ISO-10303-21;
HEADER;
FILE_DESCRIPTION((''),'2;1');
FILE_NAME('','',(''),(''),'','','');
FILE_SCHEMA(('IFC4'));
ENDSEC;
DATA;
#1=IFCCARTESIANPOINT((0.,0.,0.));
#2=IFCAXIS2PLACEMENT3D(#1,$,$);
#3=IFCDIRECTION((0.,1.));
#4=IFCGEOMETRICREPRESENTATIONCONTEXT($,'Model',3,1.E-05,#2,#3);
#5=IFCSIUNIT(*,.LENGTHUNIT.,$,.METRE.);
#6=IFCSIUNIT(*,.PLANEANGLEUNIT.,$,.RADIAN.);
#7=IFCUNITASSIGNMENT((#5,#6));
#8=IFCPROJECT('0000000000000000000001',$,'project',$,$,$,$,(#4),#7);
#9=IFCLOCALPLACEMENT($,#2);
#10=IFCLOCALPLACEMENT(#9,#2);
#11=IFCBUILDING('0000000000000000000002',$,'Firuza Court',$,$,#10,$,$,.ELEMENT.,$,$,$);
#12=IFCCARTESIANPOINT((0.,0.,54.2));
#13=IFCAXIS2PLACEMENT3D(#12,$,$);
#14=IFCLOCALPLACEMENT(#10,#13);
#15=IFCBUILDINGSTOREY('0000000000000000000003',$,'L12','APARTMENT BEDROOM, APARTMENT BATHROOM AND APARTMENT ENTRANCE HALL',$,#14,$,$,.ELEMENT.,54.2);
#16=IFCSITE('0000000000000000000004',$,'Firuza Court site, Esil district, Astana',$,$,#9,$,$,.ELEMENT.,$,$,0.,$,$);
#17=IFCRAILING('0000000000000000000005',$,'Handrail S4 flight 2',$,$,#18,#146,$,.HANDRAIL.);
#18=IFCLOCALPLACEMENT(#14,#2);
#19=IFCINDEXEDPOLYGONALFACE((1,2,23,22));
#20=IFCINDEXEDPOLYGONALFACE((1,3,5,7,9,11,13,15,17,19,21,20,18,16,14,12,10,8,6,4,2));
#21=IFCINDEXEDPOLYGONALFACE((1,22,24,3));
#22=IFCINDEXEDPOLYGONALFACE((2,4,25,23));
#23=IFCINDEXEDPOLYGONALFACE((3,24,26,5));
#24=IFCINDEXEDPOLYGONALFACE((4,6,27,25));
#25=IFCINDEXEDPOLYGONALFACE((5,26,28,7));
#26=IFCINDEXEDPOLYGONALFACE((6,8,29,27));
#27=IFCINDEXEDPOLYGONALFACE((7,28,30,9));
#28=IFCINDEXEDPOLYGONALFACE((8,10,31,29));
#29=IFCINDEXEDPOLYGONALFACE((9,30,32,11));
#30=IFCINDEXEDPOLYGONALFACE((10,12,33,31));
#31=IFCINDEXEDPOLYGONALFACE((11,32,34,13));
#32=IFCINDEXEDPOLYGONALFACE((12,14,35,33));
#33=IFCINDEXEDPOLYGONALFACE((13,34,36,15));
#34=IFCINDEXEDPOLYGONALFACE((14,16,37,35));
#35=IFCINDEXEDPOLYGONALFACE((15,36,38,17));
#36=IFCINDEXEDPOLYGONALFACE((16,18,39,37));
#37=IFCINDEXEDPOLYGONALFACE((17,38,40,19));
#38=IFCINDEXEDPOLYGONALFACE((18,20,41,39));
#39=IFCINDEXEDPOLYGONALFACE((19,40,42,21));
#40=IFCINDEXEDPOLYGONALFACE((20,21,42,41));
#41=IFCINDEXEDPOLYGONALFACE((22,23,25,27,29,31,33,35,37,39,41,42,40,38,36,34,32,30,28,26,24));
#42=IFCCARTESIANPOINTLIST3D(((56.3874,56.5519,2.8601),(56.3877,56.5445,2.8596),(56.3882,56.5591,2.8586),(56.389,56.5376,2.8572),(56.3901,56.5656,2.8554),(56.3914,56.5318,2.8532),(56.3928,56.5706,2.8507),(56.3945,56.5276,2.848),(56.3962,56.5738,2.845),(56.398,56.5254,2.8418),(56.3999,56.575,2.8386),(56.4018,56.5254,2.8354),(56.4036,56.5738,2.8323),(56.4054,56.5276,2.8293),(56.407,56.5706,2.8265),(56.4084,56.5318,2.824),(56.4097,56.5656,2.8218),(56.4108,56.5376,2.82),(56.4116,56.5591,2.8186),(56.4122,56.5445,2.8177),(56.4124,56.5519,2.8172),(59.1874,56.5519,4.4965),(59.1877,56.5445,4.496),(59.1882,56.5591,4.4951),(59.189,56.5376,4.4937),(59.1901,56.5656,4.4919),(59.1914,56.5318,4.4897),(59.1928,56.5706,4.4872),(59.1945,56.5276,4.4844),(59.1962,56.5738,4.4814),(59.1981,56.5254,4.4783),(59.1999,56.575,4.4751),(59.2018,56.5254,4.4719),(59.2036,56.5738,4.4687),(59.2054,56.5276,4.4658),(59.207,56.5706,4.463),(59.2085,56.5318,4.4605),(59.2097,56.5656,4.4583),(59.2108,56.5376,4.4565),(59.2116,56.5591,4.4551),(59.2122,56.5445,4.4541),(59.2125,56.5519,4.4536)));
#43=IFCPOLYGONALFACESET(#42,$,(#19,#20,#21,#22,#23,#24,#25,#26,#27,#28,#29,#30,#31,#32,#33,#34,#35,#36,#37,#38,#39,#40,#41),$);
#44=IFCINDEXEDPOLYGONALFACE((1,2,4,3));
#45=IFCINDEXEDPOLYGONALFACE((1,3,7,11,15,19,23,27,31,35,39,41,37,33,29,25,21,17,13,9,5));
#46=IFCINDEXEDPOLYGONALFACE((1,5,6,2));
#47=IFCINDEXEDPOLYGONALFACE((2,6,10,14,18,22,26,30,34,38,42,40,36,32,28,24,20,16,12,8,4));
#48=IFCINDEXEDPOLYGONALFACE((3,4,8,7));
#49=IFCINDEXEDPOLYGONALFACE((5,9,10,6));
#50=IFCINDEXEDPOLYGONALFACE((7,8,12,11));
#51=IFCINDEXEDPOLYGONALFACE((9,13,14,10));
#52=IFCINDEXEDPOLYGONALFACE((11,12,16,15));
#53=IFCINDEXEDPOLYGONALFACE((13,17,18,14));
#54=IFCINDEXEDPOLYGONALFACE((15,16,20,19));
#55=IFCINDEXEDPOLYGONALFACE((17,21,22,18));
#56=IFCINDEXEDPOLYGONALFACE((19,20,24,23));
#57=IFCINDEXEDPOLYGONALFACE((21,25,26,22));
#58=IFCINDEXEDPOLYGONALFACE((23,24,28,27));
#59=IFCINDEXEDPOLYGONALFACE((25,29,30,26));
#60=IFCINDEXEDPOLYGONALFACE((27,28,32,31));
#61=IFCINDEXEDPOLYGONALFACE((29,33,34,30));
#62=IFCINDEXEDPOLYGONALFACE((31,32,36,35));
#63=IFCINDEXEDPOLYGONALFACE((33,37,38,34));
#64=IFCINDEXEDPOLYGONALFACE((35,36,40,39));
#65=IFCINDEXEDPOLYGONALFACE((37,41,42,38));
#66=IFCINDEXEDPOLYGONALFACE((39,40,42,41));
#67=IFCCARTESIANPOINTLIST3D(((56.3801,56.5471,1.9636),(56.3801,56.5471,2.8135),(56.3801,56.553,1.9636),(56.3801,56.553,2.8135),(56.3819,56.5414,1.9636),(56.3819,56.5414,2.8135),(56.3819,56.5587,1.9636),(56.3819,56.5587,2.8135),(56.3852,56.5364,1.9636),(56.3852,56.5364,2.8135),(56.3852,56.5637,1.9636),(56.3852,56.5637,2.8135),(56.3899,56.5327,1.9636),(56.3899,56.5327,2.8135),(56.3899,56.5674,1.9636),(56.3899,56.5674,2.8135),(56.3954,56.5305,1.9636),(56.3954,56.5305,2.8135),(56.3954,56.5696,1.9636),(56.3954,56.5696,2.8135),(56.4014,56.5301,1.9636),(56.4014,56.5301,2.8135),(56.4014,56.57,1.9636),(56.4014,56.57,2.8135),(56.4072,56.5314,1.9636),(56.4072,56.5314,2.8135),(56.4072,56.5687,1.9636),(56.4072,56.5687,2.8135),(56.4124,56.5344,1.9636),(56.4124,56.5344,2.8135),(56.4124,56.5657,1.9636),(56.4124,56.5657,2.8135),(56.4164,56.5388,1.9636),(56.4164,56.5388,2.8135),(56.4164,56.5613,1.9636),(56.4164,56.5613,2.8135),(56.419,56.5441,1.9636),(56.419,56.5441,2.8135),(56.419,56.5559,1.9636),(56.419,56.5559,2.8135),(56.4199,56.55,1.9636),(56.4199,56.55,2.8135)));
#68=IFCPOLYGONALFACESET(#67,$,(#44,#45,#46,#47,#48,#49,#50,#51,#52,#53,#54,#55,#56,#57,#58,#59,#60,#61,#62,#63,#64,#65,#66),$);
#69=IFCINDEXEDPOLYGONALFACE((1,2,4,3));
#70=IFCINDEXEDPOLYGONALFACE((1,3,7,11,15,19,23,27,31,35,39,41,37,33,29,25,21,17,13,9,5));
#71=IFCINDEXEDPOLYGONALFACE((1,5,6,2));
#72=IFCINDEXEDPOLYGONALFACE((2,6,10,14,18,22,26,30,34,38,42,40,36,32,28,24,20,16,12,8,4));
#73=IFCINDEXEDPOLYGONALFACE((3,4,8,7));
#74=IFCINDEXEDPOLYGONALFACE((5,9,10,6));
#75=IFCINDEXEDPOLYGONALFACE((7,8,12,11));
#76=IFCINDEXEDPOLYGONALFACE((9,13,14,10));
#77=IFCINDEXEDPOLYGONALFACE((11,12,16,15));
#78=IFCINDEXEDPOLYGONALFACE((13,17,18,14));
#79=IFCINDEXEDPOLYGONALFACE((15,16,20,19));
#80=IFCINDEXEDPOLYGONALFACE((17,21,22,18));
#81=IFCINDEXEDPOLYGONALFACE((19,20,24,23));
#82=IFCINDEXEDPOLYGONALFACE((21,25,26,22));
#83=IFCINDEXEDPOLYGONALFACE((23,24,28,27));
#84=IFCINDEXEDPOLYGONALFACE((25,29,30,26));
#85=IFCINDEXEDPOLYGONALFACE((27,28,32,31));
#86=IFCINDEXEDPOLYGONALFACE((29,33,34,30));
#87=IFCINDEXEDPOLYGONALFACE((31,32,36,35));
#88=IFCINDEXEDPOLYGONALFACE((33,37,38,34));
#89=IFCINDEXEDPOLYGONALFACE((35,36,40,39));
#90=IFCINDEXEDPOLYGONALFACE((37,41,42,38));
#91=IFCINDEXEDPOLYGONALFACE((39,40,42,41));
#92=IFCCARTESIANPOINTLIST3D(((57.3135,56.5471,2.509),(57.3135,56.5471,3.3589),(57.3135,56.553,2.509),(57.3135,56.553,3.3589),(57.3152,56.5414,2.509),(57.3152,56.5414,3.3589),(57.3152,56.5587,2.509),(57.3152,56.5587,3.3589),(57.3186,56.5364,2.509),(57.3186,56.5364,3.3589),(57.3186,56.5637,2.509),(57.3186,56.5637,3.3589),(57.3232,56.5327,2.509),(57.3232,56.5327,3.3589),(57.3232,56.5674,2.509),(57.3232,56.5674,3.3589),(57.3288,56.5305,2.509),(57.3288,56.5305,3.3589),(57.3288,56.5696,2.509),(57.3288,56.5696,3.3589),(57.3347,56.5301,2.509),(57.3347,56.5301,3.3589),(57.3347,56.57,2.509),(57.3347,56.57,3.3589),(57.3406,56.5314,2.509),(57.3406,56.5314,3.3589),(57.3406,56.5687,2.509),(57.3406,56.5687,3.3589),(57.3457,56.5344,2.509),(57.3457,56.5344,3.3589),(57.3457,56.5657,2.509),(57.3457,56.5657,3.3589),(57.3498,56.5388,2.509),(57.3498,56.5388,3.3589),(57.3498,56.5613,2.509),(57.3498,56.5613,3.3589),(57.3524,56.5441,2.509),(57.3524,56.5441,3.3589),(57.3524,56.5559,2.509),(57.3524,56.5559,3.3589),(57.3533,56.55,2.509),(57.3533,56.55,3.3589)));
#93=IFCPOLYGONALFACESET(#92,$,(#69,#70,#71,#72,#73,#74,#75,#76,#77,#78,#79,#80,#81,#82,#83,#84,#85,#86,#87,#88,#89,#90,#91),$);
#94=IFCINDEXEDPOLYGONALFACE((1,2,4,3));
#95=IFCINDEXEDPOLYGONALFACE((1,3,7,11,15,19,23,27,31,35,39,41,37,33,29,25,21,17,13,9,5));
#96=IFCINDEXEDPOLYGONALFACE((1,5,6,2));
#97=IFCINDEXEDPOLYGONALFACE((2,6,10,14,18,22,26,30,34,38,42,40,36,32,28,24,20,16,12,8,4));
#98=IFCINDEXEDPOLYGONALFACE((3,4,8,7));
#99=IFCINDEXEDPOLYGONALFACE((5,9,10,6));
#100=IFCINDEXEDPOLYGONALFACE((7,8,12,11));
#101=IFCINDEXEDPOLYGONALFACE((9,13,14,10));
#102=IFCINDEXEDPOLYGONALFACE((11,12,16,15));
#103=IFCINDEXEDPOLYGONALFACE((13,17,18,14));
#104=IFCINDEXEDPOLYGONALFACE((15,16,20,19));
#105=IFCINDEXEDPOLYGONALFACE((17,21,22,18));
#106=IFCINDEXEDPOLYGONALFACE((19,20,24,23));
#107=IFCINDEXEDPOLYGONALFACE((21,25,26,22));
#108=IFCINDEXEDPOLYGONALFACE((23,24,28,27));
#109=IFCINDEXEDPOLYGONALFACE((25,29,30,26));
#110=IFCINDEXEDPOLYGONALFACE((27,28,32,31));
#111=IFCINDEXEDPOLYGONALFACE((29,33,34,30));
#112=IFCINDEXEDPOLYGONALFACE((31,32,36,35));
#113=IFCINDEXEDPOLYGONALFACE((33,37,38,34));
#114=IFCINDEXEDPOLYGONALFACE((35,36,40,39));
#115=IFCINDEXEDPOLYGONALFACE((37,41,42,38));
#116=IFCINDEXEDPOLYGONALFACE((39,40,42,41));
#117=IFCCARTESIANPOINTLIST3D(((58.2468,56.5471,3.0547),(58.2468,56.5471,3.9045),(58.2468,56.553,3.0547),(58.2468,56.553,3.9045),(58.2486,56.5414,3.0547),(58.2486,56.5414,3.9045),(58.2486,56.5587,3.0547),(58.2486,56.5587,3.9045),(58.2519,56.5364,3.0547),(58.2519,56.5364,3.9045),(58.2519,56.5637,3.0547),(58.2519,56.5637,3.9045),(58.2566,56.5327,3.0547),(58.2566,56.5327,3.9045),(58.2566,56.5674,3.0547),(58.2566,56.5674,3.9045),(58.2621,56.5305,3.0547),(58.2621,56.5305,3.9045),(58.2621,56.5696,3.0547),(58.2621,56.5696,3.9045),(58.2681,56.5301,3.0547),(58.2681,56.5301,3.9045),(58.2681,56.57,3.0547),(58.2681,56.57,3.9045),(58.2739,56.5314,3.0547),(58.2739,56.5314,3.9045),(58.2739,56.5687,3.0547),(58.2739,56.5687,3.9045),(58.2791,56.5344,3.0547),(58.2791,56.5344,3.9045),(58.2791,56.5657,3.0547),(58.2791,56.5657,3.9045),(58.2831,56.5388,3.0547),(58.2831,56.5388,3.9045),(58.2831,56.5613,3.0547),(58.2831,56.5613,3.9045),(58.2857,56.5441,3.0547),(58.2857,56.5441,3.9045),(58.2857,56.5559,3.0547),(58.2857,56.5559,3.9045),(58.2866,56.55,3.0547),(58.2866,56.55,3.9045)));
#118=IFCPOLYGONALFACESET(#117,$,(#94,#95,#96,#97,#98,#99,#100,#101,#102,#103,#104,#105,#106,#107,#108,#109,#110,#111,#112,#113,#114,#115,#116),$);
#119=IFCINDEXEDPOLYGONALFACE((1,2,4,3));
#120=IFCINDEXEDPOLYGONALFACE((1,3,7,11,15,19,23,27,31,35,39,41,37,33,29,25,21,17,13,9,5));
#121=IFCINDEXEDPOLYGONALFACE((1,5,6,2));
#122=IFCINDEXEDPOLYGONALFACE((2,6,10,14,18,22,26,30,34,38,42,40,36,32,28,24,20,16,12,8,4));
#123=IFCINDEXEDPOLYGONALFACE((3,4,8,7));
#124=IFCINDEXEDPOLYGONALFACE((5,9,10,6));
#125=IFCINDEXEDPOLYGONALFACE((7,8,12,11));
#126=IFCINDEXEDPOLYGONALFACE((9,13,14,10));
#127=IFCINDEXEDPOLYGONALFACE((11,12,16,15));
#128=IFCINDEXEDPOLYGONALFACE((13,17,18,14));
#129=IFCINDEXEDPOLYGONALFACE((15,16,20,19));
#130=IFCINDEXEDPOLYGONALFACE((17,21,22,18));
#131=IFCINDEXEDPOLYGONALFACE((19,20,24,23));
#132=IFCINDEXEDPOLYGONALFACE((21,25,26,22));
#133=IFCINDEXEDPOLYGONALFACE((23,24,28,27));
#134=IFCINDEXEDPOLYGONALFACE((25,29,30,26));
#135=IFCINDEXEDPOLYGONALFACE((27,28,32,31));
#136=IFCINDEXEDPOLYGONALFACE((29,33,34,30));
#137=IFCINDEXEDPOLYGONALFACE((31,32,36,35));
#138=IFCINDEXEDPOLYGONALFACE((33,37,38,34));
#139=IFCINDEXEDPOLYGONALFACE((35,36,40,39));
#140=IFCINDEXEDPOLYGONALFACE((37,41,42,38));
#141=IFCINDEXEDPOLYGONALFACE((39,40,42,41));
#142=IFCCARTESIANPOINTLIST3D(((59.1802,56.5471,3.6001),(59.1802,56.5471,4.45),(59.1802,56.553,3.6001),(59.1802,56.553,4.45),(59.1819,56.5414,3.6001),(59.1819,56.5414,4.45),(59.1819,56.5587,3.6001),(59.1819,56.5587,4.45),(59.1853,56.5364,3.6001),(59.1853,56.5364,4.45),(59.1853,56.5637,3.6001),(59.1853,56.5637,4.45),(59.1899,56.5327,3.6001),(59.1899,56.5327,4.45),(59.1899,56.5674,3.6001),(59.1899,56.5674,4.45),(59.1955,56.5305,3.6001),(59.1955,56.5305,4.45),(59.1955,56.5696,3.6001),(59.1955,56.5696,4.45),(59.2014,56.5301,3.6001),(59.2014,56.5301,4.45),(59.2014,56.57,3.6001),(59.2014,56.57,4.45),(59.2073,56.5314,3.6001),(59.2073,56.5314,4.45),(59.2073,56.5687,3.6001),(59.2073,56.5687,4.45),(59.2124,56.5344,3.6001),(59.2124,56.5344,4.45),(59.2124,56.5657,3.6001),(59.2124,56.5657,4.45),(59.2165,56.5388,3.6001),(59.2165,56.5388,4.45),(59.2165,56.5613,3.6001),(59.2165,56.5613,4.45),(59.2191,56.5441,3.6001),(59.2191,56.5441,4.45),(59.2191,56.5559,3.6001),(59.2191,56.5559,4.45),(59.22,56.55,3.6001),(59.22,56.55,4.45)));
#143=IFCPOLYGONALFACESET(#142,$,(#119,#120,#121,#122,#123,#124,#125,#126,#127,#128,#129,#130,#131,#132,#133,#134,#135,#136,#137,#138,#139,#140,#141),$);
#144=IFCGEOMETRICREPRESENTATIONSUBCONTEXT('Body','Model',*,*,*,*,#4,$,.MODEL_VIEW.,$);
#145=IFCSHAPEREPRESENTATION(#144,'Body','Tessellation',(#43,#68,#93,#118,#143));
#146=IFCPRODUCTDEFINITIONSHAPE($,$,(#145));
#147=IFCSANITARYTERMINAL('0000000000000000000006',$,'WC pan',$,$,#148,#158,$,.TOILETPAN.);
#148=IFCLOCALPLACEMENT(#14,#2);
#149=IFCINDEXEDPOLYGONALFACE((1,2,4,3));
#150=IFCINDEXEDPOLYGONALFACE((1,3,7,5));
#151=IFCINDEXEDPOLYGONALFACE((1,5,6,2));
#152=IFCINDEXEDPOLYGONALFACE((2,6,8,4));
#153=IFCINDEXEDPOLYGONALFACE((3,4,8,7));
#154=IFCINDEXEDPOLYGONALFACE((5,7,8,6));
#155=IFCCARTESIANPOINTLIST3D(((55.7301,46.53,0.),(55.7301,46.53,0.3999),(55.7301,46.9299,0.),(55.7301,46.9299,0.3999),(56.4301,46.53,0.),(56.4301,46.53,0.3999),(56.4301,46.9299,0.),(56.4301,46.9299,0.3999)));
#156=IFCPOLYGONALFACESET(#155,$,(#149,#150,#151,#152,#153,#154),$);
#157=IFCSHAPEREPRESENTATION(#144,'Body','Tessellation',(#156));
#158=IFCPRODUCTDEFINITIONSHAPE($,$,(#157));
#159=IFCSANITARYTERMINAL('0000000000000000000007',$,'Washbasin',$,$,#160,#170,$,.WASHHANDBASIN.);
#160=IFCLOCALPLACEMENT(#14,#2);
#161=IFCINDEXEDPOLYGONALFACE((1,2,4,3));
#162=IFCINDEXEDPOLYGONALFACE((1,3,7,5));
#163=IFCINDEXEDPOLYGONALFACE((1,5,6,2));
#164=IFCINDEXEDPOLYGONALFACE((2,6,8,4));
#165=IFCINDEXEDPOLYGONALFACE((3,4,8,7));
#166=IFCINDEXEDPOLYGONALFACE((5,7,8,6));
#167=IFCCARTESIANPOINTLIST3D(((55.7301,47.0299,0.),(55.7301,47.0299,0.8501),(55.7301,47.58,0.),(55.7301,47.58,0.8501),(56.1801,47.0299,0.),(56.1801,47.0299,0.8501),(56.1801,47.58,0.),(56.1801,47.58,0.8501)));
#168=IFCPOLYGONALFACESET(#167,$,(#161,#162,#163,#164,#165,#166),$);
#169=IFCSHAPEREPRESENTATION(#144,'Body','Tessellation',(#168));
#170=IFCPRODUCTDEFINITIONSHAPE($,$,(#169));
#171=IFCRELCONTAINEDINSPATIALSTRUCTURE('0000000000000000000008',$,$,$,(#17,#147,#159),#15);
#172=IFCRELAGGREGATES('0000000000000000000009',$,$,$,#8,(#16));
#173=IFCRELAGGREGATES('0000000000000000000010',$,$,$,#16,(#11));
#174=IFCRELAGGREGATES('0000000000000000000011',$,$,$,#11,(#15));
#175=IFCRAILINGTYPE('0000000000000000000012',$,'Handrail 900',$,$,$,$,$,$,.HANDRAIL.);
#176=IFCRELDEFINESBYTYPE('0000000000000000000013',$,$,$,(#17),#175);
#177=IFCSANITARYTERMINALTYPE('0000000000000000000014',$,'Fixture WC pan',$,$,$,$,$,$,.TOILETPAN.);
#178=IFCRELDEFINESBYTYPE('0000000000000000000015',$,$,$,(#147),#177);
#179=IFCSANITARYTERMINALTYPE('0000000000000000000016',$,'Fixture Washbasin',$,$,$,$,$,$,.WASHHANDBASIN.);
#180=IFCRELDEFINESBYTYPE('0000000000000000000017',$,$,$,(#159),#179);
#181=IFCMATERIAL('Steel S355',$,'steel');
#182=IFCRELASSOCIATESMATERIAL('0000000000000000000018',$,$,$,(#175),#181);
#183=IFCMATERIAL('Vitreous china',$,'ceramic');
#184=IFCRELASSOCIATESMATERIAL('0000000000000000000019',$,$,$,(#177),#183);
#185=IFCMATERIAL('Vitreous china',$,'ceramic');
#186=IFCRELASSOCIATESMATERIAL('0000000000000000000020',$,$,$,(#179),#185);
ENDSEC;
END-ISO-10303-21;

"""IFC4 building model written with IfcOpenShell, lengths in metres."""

from ifc_helpers import new_model, si_unit, direction, frame, origin, origin_2d, place, context, subcontext, project, spatial, rectangle, circle, extrude, material, type_object, element, save


model = new_model("IFC4")

# Units and contexts
model_context = context("Model", 3, precision=1e-05, world=origin(), true_north=direction((0.0, 1.0)))
body_context = subcontext(model_context, "Body", "Model", "MODEL_VIEW")
ifc_project = project(units=[si_unit("LENGTHUNIT", "METRE"), si_unit("PLANEANGLEUNIT", "RADIAN")], contexts=[model_context])

# Site, building, storey
site_placement = place(None, origin())
site = spatial("IfcSite", under=ifc_project, at=site_placement, Name="Firuza Court site, Esil district, Astana", CompositionType="ELEMENT", RefElevation=0.0)
building_placement = place(site_placement, origin())
building = spatial("IfcBuilding", under=site, at=building_placement, Name="Firuza Court", CompositionType="ELEMENT")
storey_placement = place(building_placement, frame((0.0, 0.0, 54.2)))
storey = spatial("IfcBuildingStorey", under=building, at=storey_placement, Name="L12", Description="APARTMENT BEDROOM, APARTMENT BATHROOM AND APARTMENT ENTRANCE HALL", CompositionType="ELEMENT", Elevation=54.2)

# Railing
ifc_material_1 = material(Name="Steel S355", Category="steel")
railing_type_1 = type_object("IfcRailingType", Name="Handrail 900", PredefinedType="HANDRAIL", material=ifc_material_1)
railing_1_placement = place(storey_placement, frame((56.3999, 56.55, 1.9636)))
element("IfcRailing", 1, at=railing_1_placement, inside=storey, type_object=railing_type_1, Name="Handrail S4 flight 2", PredefinedType="HANDRAIL", context=body_context, shape_type="SweptSolid", body=[
    extrude(circle(Radius=0.0249, at=origin_2d()), frame((0.0, 0.0, 0.875), z_axis=(0.863361, 0.0, 0.504587), x_axis=(0.0, 1.0, 0.0)), (0.0, 0.0, 1.0), 3.2432),
    extrude(circle(Radius=0.02, at=origin_2d()), origin(), (0.0, 0.0, 1.0), 0.8499),
    extrude(circle(Radius=0.02, at=origin_2d()), frame((0.9333, 0.0, 0.5454)), (0.0, 0.0, 1.0), 0.8499),
    extrude(circle(Radius=0.02, at=origin_2d()), frame((1.8667, 0.0, 1.0911)), (0.0, 0.0, 1.0), 0.8499),
    extrude(circle(Radius=0.02, at=origin_2d()), frame((2.8, 0.0, 1.6365)), (0.0, 0.0, 1.0), 0.8499),
])

# Sanitary terminals
ifc_material_2 = material(Name="Vitreous china", Category="ceramic")
sanitary_terminal_type_1 = type_object("IfcSanitaryTerminalType", Name="Fixture WC pan", PredefinedType="TOILETPAN", material=ifc_material_2)
sanitary_terminal_1_placement = place(storey_placement, frame((56.0801, 46.73, 0.0), z_axis=(0.0, 0.0, 1.0), x_axis=(1.0, 0.0, 0.0)))
element("IfcSanitaryTerminal", 2, at=sanitary_terminal_1_placement, inside=storey, type_object=sanitary_terminal_type_1, Name="WC pan", PredefinedType="TOILETPAN", context=body_context, shape_type="SweptSolid", body=[
    extrude(rectangle(XDim=0.7, YDim=0.3999, at=origin_2d()), origin(), (0.0, 0.0, 1.0), 0.3999),
])
ifc_material_3 = material(Name="Vitreous china", Category="ceramic")
sanitary_terminal_type_2 = type_object("IfcSanitaryTerminalType", Name="Fixture Washbasin", PredefinedType="WASHHANDBASIN", material=ifc_material_3)
sanitary_terminal_2_placement = place(storey_placement, frame((55.9551, 47.3049, 0.0), z_axis=(0.0, 0.0, 1.0), x_axis=(1.0, 0.0, 0.0)))
element("IfcSanitaryTerminal", 3, at=sanitary_terminal_2_placement, inside=storey, type_object=sanitary_terminal_type_2, Name="Washbasin", PredefinedType="WASHHANDBASIN", context=body_context, shape_type="SweptSolid", body=[
    extrude(rectangle(XDim=0.45, YDim=0.55, at=origin_2d()), origin(), (0.0, 0.0, 1.0), 0.8501),
])

save(model, "model.ifc")
